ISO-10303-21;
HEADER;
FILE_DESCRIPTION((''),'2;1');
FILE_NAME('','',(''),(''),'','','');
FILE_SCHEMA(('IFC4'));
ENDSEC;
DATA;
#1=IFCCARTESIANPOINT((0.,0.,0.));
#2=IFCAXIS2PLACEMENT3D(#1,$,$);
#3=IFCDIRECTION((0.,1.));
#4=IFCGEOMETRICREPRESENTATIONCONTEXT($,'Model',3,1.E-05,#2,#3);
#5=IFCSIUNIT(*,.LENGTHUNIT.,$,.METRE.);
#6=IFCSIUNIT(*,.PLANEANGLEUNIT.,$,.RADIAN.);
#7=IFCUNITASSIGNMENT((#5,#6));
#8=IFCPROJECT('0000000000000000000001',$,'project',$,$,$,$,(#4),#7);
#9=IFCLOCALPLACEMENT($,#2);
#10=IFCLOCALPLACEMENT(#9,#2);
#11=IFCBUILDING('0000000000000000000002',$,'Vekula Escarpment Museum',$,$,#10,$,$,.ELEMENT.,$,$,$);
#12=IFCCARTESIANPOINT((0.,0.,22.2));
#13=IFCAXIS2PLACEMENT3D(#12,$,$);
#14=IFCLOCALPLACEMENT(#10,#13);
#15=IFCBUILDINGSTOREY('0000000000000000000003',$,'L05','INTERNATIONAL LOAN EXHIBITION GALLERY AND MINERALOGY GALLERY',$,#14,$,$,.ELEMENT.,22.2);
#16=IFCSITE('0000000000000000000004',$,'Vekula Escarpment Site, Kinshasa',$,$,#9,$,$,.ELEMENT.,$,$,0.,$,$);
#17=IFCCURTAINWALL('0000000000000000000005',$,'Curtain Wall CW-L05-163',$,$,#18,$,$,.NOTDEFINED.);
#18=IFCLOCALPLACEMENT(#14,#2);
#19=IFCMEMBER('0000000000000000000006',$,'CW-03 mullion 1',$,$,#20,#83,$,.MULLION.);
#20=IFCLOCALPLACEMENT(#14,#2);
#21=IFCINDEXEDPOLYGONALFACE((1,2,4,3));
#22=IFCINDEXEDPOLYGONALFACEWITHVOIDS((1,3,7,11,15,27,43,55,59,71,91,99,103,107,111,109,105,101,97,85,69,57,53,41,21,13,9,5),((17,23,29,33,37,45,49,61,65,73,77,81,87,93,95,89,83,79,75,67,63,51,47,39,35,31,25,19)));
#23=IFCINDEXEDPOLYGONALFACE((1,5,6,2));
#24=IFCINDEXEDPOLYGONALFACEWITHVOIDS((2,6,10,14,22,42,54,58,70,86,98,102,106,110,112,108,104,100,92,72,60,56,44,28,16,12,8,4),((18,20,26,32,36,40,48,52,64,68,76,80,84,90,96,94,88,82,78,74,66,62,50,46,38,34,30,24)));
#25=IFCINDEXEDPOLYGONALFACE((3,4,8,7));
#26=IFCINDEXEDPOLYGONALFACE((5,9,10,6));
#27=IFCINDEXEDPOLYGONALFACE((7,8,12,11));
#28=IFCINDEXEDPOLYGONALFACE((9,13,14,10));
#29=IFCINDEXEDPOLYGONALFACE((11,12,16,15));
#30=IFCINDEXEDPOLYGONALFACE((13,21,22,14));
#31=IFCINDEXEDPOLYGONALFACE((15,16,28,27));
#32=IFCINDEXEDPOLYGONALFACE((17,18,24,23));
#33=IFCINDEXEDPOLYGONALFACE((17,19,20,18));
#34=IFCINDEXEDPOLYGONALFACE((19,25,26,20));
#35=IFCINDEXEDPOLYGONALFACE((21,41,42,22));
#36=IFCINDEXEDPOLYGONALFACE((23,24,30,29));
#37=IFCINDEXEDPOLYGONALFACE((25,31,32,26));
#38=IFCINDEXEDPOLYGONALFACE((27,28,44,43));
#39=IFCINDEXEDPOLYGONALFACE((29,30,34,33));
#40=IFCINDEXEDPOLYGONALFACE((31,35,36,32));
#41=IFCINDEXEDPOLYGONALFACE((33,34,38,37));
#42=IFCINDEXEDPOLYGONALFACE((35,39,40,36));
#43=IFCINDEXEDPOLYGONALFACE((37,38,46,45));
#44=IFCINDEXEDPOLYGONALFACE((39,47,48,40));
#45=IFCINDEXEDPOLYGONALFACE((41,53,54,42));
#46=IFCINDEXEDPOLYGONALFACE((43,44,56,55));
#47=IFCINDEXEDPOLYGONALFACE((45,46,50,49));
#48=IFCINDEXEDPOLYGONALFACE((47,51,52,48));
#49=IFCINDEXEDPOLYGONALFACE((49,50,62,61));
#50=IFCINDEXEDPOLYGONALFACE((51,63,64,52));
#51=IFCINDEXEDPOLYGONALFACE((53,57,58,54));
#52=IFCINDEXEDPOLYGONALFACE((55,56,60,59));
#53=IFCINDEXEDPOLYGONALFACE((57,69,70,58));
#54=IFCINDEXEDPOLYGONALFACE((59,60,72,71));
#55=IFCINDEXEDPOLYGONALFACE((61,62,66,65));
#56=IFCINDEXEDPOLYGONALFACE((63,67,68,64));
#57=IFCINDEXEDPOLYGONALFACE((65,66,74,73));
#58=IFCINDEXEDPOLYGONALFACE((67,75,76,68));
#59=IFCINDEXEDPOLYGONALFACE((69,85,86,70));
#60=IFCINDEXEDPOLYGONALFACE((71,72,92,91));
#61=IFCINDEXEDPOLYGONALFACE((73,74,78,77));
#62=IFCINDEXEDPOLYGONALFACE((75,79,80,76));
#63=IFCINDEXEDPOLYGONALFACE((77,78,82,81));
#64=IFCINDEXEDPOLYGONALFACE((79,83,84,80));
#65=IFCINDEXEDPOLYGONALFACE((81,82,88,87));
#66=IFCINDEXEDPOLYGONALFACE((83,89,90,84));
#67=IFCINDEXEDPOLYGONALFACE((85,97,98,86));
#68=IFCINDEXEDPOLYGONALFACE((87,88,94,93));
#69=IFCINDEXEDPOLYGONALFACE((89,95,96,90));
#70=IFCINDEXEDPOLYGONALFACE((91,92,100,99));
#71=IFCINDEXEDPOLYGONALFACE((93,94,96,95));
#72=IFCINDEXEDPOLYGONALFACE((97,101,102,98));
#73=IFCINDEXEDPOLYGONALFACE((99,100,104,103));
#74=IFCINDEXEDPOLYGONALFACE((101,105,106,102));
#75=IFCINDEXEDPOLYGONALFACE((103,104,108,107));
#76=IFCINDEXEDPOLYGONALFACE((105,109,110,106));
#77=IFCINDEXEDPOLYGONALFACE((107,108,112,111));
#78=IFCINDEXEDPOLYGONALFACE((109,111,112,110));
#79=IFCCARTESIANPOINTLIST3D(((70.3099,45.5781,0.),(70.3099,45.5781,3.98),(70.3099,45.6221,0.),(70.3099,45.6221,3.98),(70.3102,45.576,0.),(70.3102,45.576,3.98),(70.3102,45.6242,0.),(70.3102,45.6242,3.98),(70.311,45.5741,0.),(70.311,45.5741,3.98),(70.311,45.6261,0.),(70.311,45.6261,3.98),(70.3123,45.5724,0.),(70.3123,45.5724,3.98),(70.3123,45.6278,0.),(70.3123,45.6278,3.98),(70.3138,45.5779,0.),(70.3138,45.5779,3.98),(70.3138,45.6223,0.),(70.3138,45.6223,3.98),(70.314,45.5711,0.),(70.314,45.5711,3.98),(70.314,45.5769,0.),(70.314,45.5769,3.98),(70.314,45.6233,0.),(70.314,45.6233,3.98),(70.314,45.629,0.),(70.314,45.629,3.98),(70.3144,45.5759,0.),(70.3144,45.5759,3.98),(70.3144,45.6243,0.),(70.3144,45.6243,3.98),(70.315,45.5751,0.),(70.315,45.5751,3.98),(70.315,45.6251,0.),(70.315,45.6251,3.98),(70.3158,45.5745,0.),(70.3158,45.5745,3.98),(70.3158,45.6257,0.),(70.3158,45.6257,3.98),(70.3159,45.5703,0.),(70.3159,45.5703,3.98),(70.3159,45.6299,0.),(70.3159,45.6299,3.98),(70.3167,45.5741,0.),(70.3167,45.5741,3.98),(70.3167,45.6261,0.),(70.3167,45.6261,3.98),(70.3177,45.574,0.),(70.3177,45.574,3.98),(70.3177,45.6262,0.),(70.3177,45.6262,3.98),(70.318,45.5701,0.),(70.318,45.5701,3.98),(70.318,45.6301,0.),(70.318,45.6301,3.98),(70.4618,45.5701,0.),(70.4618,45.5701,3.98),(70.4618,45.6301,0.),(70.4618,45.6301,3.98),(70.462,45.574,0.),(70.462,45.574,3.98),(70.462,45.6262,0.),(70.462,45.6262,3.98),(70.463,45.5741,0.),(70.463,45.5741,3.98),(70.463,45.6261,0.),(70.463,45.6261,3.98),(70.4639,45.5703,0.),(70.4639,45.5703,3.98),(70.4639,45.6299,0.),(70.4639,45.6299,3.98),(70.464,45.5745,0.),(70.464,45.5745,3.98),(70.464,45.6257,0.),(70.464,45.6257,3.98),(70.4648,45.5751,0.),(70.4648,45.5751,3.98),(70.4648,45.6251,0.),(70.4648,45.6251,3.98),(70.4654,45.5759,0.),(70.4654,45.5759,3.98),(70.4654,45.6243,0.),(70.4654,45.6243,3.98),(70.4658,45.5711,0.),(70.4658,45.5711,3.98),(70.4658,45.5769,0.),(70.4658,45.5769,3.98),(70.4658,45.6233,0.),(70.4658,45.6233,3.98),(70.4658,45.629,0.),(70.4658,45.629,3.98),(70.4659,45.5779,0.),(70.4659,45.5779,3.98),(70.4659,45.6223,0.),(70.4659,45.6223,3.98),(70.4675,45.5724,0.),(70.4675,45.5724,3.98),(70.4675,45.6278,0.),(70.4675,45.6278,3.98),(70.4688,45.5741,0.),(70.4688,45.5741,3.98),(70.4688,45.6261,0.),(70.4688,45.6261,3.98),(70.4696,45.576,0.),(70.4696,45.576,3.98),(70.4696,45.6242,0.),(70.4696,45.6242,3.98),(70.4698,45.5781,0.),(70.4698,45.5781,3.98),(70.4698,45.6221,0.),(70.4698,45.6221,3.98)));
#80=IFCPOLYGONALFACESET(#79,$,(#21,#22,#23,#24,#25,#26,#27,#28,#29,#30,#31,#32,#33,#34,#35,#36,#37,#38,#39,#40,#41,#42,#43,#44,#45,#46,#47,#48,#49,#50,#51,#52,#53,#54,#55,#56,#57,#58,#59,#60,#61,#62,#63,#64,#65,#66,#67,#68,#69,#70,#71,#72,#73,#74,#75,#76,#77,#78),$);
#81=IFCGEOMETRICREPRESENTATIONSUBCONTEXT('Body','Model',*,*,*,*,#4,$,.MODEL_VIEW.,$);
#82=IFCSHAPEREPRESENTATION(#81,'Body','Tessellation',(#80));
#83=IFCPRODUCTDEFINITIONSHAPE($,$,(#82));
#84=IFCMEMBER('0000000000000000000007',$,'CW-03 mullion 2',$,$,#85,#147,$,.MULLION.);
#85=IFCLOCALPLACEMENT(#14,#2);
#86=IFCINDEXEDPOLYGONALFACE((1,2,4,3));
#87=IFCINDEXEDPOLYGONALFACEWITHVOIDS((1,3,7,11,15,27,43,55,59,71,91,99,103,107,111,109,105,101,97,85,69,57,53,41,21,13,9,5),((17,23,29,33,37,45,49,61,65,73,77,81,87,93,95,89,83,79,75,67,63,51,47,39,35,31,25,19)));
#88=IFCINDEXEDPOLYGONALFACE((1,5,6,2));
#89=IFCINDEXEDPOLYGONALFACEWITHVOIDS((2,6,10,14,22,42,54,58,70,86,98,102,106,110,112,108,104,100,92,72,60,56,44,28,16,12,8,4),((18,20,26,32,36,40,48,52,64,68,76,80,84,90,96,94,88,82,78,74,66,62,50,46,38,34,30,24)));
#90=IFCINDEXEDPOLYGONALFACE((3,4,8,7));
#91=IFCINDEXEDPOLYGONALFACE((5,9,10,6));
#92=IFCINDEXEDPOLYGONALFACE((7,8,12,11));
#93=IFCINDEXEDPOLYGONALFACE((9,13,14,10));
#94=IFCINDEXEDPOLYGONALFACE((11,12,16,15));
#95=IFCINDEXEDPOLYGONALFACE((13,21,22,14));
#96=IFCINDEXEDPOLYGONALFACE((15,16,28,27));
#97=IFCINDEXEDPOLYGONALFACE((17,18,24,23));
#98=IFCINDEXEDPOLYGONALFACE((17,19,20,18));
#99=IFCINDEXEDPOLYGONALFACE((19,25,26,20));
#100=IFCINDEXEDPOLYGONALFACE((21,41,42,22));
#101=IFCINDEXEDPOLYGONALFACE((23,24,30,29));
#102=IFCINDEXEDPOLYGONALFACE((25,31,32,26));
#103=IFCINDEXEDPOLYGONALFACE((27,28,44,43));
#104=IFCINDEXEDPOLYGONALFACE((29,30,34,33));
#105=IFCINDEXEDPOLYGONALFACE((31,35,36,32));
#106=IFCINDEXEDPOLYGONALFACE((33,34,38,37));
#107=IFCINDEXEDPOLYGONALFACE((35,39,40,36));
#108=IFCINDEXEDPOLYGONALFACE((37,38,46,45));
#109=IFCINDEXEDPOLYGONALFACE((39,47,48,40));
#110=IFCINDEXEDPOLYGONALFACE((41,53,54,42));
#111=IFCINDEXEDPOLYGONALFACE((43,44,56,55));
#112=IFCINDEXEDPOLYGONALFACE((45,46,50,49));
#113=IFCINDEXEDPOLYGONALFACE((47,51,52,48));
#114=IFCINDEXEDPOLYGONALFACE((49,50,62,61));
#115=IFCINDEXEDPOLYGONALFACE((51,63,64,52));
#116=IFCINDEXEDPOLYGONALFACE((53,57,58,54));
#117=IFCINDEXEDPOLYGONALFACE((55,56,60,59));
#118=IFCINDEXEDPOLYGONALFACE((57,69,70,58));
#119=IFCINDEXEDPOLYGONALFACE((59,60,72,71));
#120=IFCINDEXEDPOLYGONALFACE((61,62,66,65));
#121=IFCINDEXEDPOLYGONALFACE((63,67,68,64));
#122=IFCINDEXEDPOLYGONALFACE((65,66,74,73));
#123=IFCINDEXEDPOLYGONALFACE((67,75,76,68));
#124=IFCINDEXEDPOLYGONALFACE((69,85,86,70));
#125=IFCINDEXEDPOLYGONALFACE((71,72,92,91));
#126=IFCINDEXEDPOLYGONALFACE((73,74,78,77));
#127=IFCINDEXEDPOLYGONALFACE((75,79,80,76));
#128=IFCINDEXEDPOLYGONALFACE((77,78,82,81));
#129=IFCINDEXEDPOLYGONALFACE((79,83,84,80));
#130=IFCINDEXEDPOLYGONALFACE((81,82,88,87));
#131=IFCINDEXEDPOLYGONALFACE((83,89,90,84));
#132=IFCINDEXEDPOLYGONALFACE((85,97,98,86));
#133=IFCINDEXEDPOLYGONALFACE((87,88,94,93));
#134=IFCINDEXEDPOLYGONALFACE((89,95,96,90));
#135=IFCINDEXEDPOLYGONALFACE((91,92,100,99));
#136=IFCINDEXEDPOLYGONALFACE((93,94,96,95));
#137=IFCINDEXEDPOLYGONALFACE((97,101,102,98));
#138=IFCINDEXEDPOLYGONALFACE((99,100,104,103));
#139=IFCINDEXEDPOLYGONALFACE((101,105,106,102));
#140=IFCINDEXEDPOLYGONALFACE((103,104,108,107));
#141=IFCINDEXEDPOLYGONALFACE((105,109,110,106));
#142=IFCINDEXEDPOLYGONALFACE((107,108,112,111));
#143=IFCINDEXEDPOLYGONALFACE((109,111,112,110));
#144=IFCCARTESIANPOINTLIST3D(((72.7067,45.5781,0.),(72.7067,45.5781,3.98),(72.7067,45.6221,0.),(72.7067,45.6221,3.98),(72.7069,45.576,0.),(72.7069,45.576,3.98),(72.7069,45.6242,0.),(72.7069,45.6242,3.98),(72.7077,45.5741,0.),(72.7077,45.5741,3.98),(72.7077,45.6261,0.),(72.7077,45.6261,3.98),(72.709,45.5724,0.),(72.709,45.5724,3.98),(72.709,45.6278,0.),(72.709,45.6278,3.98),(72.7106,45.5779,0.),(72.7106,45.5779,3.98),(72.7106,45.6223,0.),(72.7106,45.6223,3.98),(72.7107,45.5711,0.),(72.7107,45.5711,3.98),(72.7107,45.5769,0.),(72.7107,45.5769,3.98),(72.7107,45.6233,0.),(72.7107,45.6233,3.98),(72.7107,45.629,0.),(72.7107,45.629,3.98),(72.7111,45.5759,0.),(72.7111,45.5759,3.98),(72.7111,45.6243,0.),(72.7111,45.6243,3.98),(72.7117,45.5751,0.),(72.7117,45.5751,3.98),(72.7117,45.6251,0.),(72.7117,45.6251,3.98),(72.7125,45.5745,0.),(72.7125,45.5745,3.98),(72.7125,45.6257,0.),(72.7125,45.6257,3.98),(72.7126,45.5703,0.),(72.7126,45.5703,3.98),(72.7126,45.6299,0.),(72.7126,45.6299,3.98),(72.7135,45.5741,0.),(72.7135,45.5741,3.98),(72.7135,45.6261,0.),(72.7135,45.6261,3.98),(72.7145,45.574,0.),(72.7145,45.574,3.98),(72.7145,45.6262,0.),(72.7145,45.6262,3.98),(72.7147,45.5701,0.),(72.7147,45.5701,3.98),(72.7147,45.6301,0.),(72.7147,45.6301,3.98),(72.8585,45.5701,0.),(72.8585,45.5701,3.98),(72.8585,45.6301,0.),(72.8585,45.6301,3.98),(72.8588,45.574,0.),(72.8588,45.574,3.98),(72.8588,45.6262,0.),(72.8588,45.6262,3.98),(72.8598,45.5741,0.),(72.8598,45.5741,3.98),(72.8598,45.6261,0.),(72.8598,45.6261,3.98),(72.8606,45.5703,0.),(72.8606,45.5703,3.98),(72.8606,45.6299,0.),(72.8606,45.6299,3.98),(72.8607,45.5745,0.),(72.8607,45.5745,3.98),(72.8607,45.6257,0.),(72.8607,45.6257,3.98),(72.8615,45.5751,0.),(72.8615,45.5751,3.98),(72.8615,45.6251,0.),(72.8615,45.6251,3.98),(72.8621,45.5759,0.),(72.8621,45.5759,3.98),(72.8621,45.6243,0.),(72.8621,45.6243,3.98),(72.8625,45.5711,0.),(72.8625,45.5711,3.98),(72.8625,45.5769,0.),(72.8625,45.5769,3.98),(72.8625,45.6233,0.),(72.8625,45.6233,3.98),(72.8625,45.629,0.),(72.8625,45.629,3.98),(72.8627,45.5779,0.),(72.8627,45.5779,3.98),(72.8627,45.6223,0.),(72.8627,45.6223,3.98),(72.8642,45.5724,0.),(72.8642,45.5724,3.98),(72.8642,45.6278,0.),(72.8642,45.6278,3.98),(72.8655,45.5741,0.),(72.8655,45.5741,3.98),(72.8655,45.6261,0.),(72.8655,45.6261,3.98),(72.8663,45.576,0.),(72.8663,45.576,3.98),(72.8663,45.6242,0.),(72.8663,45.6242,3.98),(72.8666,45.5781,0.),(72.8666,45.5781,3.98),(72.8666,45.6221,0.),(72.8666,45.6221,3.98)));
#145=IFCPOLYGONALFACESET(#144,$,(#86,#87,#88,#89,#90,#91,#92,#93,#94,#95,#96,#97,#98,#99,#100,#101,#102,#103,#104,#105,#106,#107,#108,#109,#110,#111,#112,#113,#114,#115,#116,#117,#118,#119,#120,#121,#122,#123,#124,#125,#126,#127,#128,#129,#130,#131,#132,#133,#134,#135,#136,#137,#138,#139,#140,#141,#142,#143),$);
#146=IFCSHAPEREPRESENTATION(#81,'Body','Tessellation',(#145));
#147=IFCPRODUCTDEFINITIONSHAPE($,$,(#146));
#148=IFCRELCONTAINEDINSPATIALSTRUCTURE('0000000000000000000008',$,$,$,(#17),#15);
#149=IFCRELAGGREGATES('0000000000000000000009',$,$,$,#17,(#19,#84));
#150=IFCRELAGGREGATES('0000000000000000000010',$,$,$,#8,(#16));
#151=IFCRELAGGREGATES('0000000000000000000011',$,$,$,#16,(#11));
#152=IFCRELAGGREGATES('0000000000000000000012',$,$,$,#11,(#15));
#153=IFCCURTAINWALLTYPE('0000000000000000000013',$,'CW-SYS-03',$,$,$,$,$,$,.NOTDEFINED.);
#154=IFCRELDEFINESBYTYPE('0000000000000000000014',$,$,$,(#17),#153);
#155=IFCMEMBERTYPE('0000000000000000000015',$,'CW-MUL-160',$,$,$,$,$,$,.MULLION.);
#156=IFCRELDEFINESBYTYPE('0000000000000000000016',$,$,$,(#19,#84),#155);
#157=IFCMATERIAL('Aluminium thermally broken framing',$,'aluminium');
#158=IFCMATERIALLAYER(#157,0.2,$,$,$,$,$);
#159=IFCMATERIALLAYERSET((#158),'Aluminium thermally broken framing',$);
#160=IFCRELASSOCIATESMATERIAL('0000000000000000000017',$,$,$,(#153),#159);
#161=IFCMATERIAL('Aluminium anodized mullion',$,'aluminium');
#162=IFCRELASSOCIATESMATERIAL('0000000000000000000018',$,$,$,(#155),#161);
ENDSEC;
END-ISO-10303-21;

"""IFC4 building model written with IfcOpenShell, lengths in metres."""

from ifc_helpers import new_model, si_unit, direction, frame, origin, origin_2d, place, context, subcontext, project, spatial, hollow_rectangle, extrude, material, layer, layer_set, material_profile, profile_set, type_object, element, aggregate, save


model = new_model("IFC4")

# Units and contexts
model_context = context("Model", 3, precision=1e-05, world=origin(), true_north=direction((0.0, 1.0)))
body_context = subcontext(model_context, "Body", "Model", "MODEL_VIEW")
ifc_project = project(units=[si_unit("LENGTHUNIT", "METRE"), si_unit("PLANEANGLEUNIT", "RADIAN")], contexts=[model_context])

# Site, building, storey
site_placement = place(None, origin())
site = spatial("IfcSite", under=ifc_project, at=site_placement, Name="Vekula Escarpment Site, Kinshasa", CompositionType="ELEMENT", RefElevation=0.0)
building_placement = place(site_placement, origin())
building = spatial("IfcBuilding", under=site, at=building_placement, Name="Vekula Escarpment Museum", CompositionType="ELEMENT")
storey_placement = place(building_placement, frame((0.0, 0.0, 22.2)))
storey = spatial("IfcBuildingStorey", under=building, at=storey_placement, Name="L05", Description="INTERNATIONAL LOAN EXHIBITION GALLERY AND MINERALOGY GALLERY", CompositionType="ELEMENT", Elevation=22.2)

# Curtain wall, members
ifc_material_1 = material(Name="Aluminium thermally broken framing", Category="aluminium")
ifc_layer_1 = layer(ifc_material_1, 0.2)
ifc_layer_set_1 = layer_set([ifc_layer_1], Name="Aluminium thermally broken framing")
curtain_wall_type = type_object("IfcCurtainWallType", Name="CW-SYS-03", PredefinedType="NOTDEFINED", material=ifc_layer_set_1)
curtain_wall_placement = place(storey_placement, origin())
curtain_wall = element("IfcCurtainWall", 1, at=curtain_wall_placement, inside=storey, type_object=curtain_wall_type, Name="Curtain Wall CW-L05-163", PredefinedType="NOTDEFINED")
ifc_material_2 = material(Name="Aluminium anodized mullion", Category="aluminium")
ifc_material_profile_1 = material_profile(ifc_material_2, hollow_rectangle(XDim=0.0601, YDim=0.1599, WallThickness=0.0039, InnerFilletRadius=0.0039, OuterFilletRadius=0.0081, at=origin_2d()), Name="ALU 160x60x4")
ifc_profile_set_1 = profile_set([ifc_material_profile_1], Name="Aluminium anodized mullion")
member_type_1 = type_object("IfcMemberType", Name="CW-MUL-160", PredefinedType="MULLION", material=ifc_profile_set_1)
member_1_placement = place(storey_placement, frame((70.3899, 45.6001, 0.0), z_axis=(0.0, 0.0, 1.0), x_axis=(0.0, 1.0, 0.0)))
member_1 = element("IfcMember", 2, at=member_1_placement, type_object=member_type_1, Name="CW-03 mullion 1", PredefinedType="MULLION", context=body_context, shape_type="SweptSolid", body=[
    extrude(hollow_rectangle(XDim=0.0601, YDim=0.1599, WallThickness=0.0039, InnerFilletRadius=0.0039, OuterFilletRadius=0.0081, at=origin_2d()), origin(), (0.0, 0.0, 1.0), 3.98),
])
member_2_placement = place(storey_placement, frame((72.7866, 45.6001, 0.0), z_axis=(0.0, 0.0, 1.0), x_axis=(0.0, 1.0, 0.0)))
member_2 = element("IfcMember", 3, at=member_2_placement, type_object=member_type_1, Name="CW-03 mullion 2", PredefinedType="MULLION", context=body_context, shape_type="SweptSolid", body=[
    extrude(hollow_rectangle(XDim=0.0601, YDim=0.1599, WallThickness=0.0039, InnerFilletRadius=0.0039, OuterFilletRadius=0.0081, at=origin_2d()), origin(), (0.0, 0.0, 1.0), 3.98),
])

aggregate(curtain_wall, [member_1, member_2])

save(model, "model.ifc")
